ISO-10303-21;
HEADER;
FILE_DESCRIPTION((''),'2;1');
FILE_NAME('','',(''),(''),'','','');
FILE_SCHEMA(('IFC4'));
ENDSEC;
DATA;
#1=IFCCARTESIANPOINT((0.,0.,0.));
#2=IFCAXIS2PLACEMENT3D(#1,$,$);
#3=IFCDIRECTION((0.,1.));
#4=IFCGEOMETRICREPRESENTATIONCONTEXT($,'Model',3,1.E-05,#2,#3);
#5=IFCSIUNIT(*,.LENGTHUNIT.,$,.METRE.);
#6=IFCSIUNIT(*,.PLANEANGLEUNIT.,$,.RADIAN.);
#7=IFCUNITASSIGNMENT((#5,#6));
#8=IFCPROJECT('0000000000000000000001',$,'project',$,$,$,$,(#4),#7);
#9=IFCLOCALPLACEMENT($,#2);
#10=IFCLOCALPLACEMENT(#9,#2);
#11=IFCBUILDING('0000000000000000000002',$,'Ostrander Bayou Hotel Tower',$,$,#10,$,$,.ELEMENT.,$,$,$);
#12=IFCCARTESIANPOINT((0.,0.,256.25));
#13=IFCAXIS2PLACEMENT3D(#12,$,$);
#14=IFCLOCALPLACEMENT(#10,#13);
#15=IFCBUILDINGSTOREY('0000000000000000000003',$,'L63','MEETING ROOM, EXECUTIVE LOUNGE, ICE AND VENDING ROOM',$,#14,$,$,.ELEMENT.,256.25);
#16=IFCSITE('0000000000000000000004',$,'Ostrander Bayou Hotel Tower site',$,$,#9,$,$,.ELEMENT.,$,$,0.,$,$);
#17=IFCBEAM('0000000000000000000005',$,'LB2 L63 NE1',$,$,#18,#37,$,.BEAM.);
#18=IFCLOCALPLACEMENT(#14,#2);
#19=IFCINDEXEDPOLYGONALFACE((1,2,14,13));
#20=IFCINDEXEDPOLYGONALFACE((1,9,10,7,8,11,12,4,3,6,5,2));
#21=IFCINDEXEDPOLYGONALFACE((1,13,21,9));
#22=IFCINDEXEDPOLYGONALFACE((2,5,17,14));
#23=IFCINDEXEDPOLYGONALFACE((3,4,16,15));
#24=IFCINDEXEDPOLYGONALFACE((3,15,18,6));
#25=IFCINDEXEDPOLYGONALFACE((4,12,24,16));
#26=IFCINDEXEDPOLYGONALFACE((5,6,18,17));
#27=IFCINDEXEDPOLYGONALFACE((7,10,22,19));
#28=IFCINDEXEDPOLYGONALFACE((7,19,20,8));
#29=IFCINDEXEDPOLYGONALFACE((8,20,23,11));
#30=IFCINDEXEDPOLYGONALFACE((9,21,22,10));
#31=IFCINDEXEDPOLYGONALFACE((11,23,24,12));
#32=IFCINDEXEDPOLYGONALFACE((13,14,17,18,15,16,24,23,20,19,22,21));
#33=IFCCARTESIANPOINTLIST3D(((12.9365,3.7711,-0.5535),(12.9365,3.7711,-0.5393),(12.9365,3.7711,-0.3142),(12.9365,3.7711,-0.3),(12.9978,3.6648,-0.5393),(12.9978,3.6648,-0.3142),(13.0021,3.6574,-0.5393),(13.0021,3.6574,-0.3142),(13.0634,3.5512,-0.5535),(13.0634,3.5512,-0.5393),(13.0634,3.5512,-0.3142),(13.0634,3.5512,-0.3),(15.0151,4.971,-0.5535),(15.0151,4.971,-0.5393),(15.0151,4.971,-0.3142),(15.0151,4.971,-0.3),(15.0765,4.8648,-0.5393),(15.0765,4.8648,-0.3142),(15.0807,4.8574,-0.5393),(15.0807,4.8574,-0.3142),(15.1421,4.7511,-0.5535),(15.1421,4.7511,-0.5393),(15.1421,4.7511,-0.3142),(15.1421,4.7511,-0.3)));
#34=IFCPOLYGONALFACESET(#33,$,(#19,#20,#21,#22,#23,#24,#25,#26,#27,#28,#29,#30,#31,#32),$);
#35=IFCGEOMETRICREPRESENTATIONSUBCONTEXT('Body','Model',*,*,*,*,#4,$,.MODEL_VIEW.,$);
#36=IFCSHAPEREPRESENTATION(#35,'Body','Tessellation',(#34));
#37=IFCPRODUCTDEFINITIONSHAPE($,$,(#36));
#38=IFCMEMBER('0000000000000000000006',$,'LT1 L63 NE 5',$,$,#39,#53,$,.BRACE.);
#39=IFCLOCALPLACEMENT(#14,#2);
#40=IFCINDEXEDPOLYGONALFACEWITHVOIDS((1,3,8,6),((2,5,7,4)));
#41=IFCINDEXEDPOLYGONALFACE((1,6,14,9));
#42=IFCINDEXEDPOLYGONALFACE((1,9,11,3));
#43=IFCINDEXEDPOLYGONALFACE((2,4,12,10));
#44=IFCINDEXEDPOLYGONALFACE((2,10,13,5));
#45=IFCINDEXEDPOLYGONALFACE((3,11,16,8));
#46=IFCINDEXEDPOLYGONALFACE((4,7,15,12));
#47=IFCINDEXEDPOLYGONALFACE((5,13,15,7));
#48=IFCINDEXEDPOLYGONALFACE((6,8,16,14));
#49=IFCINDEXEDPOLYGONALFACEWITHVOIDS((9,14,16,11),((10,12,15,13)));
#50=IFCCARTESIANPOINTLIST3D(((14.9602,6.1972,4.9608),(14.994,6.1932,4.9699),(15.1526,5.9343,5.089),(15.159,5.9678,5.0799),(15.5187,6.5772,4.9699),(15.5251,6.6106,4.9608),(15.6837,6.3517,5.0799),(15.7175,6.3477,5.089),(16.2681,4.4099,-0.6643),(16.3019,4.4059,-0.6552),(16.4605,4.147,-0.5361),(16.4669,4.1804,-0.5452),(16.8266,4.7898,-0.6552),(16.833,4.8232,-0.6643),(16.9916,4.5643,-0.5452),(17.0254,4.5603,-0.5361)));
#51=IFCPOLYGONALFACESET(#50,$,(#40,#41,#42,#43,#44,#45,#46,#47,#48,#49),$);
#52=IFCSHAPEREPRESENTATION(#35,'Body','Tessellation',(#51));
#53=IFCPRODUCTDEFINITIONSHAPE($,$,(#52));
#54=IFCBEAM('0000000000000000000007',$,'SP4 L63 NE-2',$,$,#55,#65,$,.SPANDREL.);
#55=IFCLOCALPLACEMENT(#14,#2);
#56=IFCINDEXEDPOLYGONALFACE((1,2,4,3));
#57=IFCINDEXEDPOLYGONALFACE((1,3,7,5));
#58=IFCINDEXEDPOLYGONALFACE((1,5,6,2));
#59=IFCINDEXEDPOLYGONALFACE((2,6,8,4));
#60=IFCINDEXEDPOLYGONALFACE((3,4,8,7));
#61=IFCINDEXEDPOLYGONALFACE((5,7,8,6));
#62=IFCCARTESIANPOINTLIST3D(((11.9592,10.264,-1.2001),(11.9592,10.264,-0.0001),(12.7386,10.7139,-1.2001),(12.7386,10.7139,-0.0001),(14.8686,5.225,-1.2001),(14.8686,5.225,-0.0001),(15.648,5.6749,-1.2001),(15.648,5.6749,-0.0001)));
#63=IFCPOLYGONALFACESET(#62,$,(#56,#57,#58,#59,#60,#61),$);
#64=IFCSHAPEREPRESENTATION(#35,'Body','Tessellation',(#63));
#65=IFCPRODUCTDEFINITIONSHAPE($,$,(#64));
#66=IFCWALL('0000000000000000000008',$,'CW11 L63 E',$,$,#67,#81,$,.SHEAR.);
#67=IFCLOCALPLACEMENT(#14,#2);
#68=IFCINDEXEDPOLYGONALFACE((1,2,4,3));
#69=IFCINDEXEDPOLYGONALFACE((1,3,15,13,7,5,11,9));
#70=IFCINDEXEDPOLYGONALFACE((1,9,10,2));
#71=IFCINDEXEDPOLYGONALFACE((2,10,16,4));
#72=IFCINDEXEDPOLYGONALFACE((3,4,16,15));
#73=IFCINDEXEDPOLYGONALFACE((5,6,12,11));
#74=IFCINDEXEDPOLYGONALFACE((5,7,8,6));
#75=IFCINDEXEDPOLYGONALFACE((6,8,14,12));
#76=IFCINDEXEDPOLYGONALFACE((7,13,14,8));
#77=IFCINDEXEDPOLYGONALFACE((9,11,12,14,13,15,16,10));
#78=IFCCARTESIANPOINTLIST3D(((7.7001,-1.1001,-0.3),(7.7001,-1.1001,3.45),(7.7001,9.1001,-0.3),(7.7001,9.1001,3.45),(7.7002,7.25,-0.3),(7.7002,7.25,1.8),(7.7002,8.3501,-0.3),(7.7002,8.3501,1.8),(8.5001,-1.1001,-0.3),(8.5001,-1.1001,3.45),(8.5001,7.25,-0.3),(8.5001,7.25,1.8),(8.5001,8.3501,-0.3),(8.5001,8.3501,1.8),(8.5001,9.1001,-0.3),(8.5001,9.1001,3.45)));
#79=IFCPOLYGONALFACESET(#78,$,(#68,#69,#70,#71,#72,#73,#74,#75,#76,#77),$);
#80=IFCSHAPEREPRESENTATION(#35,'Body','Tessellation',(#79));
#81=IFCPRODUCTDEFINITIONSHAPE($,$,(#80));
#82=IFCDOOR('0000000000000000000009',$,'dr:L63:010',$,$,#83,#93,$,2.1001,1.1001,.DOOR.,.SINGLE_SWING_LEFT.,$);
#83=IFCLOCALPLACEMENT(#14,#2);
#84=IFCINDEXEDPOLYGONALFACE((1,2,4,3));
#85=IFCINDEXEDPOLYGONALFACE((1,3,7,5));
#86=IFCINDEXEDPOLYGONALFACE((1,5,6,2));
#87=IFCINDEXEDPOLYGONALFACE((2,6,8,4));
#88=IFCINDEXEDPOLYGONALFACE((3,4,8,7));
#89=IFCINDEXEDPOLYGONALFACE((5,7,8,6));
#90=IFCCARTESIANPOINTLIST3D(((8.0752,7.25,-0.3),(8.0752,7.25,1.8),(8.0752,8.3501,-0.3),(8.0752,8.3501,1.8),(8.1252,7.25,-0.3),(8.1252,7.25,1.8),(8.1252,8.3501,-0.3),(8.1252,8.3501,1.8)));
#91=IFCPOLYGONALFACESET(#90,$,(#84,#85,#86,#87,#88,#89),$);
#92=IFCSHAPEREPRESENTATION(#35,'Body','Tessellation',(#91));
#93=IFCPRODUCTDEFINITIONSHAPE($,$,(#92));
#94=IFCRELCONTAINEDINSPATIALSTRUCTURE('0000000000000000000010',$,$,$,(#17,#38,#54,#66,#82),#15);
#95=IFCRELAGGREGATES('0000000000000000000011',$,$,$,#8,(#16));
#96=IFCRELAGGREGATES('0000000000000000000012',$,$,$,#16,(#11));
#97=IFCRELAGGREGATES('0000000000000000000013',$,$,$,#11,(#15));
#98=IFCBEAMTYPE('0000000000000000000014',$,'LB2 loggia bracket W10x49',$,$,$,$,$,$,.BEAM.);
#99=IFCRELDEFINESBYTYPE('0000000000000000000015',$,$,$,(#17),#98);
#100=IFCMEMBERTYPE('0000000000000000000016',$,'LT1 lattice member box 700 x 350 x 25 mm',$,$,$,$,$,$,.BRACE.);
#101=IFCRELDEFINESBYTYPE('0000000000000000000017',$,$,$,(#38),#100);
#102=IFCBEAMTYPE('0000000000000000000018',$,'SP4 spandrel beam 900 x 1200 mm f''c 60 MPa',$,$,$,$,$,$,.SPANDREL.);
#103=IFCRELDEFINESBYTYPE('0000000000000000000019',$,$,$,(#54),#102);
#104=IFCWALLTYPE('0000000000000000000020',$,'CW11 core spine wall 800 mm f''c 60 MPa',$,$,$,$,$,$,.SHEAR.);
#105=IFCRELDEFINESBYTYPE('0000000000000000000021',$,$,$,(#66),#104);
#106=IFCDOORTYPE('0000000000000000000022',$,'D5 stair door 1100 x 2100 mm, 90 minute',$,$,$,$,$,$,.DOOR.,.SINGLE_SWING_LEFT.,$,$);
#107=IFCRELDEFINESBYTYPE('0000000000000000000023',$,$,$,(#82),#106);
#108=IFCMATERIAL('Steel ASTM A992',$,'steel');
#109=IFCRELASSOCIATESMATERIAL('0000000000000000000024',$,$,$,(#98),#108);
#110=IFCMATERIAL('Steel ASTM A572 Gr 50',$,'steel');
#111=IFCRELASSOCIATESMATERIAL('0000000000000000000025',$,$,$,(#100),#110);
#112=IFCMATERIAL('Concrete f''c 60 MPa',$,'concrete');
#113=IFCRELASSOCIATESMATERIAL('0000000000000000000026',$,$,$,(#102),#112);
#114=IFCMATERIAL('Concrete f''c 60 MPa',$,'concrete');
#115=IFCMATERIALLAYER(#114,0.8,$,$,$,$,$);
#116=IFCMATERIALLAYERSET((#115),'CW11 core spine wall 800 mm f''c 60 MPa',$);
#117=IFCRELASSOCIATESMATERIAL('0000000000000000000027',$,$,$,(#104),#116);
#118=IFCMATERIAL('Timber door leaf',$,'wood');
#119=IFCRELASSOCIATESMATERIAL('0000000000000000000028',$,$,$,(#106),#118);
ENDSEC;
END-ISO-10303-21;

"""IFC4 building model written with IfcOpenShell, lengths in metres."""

from ifc_helpers import new_model, si_unit, direction, frame, frame_2d, origin, origin_2d, place, context, subcontext, project, spatial, rectangle, hollow_rectangle, i_section, extrude, material, layer, layer_set, material_profile, profile_set, type_object, element, fill, save


model = new_model("IFC4")

# Units and contexts
model_context = context("Model", 3, precision=1e-05, world=origin(), true_north=direction((0.0, 1.0)))
body_context = subcontext(model_context, "Body", "Model", "MODEL_VIEW")
ifc_project = project(units=[si_unit("LENGTHUNIT", "METRE"), si_unit("PLANEANGLEUNIT", "RADIAN")], contexts=[model_context])

# Site, building, storey
site_placement = place(None, origin())
site = spatial("IfcSite", under=ifc_project, at=site_placement, Name="Ostrander Bayou Hotel Tower site", CompositionType="ELEMENT", RefElevation=0.0)
building_placement = place(site_placement, origin())
building = spatial("IfcBuilding", under=site, at=building_placement, Name="Ostrander Bayou Hotel Tower", CompositionType="ELEMENT")
storey_placement = place(building_placement, frame((0.0, 0.0, 256.25)))
storey = spatial("IfcBuildingStorey", under=building, at=storey_placement, Name="L63", Description="MEETING ROOM, EXECUTIVE LOUNGE, ICE AND VENDING ROOM", CompositionType="ELEMENT", Elevation=256.25)

# Beam
ifc_material_1 = material(Name="Steel ASTM A992", Category="steel")
ifc_material_profile_1 = material_profile(ifc_material_1, i_section(OverallWidth=0.2539, OverallDepth=0.2534, WebThickness=0.0085, FlangeThickness=0.0142, at=origin_2d()))
ifc_profile_set_1 = profile_set([ifc_material_profile_1], Name="Steel ASTM A992")
beam_type_1 = type_object("IfcBeamType", Name="LB2 loggia bracket W10x49", PredefinedType="BEAM", material=ifc_profile_set_1)
beam_1_placement = place(storey_placement, frame((15.0786, 4.8611, -0.4268), z_axis=(-0.86605, -0.499957, 0.0), x_axis=(0.499957, -0.86605, 0.0)))
element("IfcBeam", 1, at=beam_1_placement, inside=storey, type_object=beam_type_1, Name="LB2 L63 NE1", PredefinedType="BEAM", context=body_context, shape_type="SweptSolid", body=[
    extrude(i_section(OverallWidth=0.2539, OverallDepth=0.2534, WebThickness=0.0085, FlangeThickness=0.0142, at=origin_2d()), origin(), (0.0, 0.0, 1.0), 2.4001),
])

# Member
ifc_material_2 = material(Name="Steel ASTM A572 Gr 50", Category="steel")
ifc_material_profile_2 = material_profile(ifc_material_2, hollow_rectangle(XDim=0.7, YDim=0.3501, WallThickness=0.0249, at=origin_2d()))
ifc_profile_set_2 = profile_set([ifc_material_profile_2], Name="Steel ASTM A572 Gr 50")
member_type = type_object("IfcMemberType", Name="LT1 lattice member box 700 x 350 x 25 mm", PredefinedType="BRACE", material=ifc_profile_set_2)
member_placement = place(storey_placement, frame((15.3389, 6.2725, 5.0249), z_axis=(0.216343, -0.29566, -0.930474), x_axis=(0.807021, 0.590522, 0.0)))
element("IfcMember", 2, at=member_placement, inside=storey, type_object=member_type, Name="LT1 L63 NE 5", PredefinedType="BRACE", context=body_context, shape_type="SweptSolid", body=[
    extrude(hollow_rectangle(XDim=0.7, YDim=0.3501, WallThickness=0.0249, at=origin_2d()), origin(), (0.0, 0.0, 1.0), 6.0454),
])

# Beam
ifc_material_3 = material(Name="Concrete f'c 60 MPa", Category="concrete")
ifc_material_profile_3 = material_profile(ifc_material_3, rectangle(XDim=0.8999, YDim=1.2, at=origin_2d()))
ifc_profile_set_3 = profile_set([ifc_material_profile_3], Name="Concrete f'c 60 MPa")
beam_type_2 = type_object("IfcBeamType", Name="SP4 spandrel beam 900 x 1200 mm f'c 60 MPa", PredefinedType="SPANDREL", material=ifc_profile_set_3)
beam_2_placement = place(storey_placement, frame((15.2583, 5.45, -0.6001), z_axis=(-0.500015, 0.866016, 0.0), x_axis=(-0.866016, -0.500015, 0.0)))
element("IfcBeam", 3, at=beam_2_placement, inside=storey, type_object=beam_type_2, Name="SP4 L63 NE-2", PredefinedType="SPANDREL", context=body_context, shape_type="SweptSolid", body=[
    extrude(rectangle(XDim=0.8999, YDim=1.2, at=origin_2d()), origin(), (0.0, 0.0, 1.0), 5.8186),
])

# Wall, opening, door
ifc_material_4 = material(Name="Concrete f'c 60 MPa", Category="concrete")
ifc_layer_1 = layer(ifc_material_4, 0.8)
ifc_layer_set_1 = layer_set([ifc_layer_1], Name="CW11 core spine wall 800 mm f'c 60 MPa")
wall_type_1 = type_object("IfcWallType", Name="CW11 core spine wall 800 mm f'c 60 MPa", PredefinedType="SHEAR", material=ifc_layer_set_1)
wall_1_placement = place(storey_placement, frame((8.1001, -1.1001, -0.3), z_axis=(0.0, 0.0, 1.0), x_axis=(0.0, 1.0, 0.0)))
wall_1 = element("IfcWall", 4, at=wall_1_placement, inside=storey, type_object=wall_type_1, Name="CW11 L63 E", PredefinedType="SHEAR", context=body_context, shape_type="SweptSolid", body=[
    extrude(rectangle(XDim=10.2002, YDim=0.8, at=frame_2d((5.1001, 0.0))), origin(), (0.0, 0.0, 1.0), 3.75),
])
opening_1_placement = place(wall_1_placement, frame((8.3501, 0.0, 0.0)))
opening_1 = element("IfcOpeningElement", 5, at=opening_1_placement, cuts=wall_1, PredefinedType="OPENING", context=body_context, shape_type="SweptSolid", body=[
    extrude(rectangle(XDim=1.1001, YDim=2.1001, at=frame_2d((0.55, 1.05))), frame((0.0, 0.3999, 0.0), z_axis=(0.0, -1.0, 0.0), x_axis=(1.0, 0.0, 0.0)), (0.0, 0.0, 1.0), 0.8),
])
ifc_material_5 = material(Name="Timber door leaf", Category="wood")
door_type = type_object("IfcDoorType", Name="D5 stair door 1100 x 2100 mm, 90 minute", OperationType="SINGLE_SWING_LEFT", PredefinedType="DOOR", material=ifc_material_5)
door_placement = place(opening_1_placement, origin())
door = element("IfcDoor", 6, at=door_placement, inside=storey, type_object=door_type, Name="dr:L63:010", OperationType="SINGLE_SWING_LEFT", OverallHeight=2.1001, OverallWidth=1.1001, PredefinedType="DOOR", context=body_context, shape_type="SweptSolid", body=[
    extrude(rectangle(XDim=1.1001, YDim=2.1001, at=frame_2d((0.55, 1.05))), frame((0.0, 0.0249, 0.0), z_axis=(0.0, -1.0, 0.0), x_axis=(1.0, 0.0, 0.0)), (0.0, 0.0, 1.0), 0.05),
])
fill(opening_1, door)

save(model, "model.ifc")
